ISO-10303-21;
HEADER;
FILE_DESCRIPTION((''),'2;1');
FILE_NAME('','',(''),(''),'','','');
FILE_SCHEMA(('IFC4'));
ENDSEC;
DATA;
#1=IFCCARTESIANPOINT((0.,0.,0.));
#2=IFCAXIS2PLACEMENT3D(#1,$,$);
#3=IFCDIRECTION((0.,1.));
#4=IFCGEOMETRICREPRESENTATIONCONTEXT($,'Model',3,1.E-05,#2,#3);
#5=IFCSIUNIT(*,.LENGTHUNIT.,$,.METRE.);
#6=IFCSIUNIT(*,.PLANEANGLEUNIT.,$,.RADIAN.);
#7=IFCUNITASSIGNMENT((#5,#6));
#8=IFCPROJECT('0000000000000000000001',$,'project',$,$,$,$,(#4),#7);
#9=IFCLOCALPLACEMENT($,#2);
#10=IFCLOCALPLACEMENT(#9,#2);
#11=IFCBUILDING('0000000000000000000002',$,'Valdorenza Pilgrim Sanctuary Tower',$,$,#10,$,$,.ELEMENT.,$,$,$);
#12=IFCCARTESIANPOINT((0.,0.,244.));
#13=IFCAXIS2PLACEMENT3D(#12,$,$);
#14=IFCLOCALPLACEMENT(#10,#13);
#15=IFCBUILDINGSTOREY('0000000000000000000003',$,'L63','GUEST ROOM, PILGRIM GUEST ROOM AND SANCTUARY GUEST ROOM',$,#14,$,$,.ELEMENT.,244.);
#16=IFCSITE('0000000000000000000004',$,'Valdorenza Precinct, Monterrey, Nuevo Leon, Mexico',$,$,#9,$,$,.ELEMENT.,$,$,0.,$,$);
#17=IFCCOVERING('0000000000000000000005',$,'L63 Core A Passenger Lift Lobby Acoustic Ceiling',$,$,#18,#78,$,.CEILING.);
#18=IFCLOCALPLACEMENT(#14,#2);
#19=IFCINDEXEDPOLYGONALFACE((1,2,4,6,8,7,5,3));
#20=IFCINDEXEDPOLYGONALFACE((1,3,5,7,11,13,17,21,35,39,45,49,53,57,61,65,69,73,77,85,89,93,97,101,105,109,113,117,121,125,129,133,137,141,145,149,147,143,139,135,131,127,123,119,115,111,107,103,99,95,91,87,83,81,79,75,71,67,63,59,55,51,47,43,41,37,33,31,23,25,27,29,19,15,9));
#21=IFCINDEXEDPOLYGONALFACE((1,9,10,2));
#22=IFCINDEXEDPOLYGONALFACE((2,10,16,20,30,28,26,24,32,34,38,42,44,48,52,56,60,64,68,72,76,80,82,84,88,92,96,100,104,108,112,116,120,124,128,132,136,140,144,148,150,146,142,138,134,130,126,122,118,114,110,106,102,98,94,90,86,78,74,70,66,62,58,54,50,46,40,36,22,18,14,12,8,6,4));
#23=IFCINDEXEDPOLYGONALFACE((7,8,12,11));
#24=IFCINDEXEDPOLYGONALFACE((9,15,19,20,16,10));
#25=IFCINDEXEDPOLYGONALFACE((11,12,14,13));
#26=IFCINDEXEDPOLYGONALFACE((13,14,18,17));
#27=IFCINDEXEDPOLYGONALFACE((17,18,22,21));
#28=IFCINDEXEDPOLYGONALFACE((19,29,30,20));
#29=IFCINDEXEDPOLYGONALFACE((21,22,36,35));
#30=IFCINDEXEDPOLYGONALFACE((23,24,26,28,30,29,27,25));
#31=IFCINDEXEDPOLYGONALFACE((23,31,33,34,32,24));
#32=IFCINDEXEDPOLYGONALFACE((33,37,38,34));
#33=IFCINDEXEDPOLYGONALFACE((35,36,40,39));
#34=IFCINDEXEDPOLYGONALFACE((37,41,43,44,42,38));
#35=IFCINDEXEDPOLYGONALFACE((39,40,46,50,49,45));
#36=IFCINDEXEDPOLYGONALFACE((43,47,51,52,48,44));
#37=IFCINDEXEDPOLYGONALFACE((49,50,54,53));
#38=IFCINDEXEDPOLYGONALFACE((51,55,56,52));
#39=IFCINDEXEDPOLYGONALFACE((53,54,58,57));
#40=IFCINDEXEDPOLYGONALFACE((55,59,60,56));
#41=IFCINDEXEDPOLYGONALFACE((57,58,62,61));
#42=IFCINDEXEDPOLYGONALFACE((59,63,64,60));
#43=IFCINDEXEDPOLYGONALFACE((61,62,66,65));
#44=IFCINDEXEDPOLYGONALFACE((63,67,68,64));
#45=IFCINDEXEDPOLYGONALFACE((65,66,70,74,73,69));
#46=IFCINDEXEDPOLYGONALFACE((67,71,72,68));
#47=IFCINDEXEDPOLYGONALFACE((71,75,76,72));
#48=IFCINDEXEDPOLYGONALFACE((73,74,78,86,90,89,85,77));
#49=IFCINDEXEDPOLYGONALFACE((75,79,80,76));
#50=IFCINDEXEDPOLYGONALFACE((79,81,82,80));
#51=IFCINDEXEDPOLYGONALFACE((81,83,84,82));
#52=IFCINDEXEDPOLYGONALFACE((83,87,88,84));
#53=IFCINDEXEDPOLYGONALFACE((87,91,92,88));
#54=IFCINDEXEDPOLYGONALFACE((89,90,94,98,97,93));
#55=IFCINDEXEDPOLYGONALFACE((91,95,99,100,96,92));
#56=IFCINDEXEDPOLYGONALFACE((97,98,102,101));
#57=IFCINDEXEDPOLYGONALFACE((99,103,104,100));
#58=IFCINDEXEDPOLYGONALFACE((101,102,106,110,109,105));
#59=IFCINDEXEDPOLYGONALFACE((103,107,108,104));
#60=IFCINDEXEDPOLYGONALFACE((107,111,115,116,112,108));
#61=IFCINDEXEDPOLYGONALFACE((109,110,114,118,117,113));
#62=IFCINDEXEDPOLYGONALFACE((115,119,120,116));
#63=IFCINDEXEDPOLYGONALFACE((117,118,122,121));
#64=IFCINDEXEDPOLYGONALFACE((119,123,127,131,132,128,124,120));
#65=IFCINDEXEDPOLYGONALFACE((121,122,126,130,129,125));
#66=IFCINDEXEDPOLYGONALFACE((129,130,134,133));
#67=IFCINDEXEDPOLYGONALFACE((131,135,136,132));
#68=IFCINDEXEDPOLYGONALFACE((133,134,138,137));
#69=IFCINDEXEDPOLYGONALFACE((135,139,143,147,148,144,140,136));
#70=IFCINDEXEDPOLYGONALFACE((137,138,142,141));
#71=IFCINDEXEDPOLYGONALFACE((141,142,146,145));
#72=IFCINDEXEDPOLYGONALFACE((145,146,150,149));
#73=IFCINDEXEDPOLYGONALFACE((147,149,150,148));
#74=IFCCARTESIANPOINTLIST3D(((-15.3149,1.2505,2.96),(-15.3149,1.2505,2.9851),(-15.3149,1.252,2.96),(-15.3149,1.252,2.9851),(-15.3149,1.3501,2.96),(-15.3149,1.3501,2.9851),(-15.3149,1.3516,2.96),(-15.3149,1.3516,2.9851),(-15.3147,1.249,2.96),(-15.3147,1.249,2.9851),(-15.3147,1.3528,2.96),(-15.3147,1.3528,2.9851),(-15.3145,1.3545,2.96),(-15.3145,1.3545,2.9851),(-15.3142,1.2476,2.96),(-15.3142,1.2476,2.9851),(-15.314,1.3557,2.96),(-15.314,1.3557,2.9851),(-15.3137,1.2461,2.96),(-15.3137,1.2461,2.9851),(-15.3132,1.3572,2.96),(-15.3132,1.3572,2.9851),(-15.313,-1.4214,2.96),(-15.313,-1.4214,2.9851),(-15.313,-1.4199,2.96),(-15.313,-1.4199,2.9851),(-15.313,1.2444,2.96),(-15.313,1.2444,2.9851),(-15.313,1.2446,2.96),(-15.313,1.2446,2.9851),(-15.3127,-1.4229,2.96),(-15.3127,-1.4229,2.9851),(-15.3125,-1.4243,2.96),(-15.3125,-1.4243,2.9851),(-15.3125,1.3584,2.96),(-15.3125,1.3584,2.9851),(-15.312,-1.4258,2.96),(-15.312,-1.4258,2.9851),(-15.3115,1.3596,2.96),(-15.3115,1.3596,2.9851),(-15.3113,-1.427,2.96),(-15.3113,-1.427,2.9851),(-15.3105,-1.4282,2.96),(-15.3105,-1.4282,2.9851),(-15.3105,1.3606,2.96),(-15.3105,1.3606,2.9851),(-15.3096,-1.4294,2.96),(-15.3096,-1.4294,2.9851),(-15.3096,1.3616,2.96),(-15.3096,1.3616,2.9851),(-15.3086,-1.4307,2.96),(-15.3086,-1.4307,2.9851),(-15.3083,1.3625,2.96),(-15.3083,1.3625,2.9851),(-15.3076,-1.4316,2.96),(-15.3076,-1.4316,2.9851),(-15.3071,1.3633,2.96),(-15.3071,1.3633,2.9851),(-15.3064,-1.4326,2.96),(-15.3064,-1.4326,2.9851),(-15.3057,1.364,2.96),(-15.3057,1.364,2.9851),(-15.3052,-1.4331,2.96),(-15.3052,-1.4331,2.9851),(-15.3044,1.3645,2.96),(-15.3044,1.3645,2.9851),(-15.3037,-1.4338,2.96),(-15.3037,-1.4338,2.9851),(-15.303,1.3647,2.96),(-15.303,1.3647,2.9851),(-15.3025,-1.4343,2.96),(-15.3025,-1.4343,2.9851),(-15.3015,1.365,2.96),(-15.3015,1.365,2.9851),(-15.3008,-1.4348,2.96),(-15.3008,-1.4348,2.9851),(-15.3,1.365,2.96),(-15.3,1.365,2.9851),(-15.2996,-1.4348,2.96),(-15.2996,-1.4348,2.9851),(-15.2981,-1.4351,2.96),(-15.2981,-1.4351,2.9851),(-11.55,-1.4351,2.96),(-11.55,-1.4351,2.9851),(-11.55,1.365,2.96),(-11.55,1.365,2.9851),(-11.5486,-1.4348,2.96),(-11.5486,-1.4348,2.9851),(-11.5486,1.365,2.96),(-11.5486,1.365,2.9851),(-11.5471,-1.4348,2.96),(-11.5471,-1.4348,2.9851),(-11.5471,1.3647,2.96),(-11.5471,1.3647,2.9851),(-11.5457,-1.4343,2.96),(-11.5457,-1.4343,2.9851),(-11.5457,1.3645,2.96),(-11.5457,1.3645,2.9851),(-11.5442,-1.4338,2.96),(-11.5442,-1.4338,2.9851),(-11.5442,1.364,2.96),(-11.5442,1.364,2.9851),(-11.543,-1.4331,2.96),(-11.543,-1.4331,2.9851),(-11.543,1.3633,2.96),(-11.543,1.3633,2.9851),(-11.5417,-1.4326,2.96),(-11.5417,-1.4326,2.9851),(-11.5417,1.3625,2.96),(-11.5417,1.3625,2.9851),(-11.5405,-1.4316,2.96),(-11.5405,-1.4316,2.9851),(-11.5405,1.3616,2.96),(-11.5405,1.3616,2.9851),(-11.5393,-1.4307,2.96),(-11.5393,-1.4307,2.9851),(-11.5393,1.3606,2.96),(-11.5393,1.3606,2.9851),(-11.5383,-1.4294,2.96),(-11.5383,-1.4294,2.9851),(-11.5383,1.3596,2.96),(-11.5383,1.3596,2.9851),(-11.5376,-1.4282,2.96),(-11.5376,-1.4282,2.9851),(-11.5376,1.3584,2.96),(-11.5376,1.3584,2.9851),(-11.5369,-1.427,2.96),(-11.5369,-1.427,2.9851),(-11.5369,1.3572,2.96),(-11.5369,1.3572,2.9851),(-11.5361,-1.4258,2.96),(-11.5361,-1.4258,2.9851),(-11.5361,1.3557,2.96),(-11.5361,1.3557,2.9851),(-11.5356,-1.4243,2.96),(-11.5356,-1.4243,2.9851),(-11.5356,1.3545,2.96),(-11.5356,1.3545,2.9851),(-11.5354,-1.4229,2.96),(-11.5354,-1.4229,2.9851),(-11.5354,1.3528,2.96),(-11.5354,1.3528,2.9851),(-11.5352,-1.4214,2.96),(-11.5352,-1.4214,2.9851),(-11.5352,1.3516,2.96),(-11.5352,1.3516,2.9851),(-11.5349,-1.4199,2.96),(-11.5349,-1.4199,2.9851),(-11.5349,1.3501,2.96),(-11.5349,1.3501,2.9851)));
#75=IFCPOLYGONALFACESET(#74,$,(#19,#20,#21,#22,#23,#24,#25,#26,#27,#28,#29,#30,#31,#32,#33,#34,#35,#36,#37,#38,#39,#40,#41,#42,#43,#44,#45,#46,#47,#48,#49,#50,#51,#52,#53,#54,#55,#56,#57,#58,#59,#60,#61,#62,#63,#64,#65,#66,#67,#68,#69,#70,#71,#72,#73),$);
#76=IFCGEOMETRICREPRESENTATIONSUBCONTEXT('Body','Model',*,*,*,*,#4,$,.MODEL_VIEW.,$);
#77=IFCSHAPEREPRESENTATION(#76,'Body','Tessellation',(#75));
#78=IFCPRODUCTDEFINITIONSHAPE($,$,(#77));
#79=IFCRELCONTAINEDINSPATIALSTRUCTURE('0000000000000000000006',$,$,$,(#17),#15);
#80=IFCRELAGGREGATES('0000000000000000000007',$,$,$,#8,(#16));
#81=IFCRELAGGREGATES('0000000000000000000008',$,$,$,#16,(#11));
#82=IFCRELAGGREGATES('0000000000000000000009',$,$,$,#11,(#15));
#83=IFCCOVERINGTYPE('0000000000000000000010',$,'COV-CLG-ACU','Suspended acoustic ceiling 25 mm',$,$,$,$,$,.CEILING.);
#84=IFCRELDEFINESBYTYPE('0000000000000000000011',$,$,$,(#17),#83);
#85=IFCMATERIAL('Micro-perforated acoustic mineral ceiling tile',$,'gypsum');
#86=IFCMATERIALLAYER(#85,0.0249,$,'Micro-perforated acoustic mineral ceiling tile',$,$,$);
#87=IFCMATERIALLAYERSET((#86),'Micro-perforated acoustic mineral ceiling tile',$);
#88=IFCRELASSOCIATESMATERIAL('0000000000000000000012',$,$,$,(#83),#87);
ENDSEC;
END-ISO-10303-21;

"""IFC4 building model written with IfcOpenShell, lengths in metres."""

from ifc_helpers import new_model, si_unit, direction, frame, origin, place, context, subcontext, project, spatial, polyline, outline, extrude, material, layer, layer_set, type_object, element, save


model = new_model("IFC4")

# Units and contexts
model_context = context("Model", 3, precision=1e-05, world=origin(), true_north=direction((0.0, 1.0)))
body_context = subcontext(model_context, "Body", "Model", "MODEL_VIEW")
ifc_project = project(units=[si_unit("LENGTHUNIT", "METRE"), si_unit("PLANEANGLEUNIT", "RADIAN")], contexts=[model_context])

# Site, building, storey
site_placement = place(None, origin())
site = spatial("IfcSite", under=ifc_project, at=site_placement, Name="Valdorenza Precinct, Monterrey, Nuevo Leon, Mexico", CompositionType="ELEMENT", RefElevation=0.0)
building_placement = place(site_placement, origin())
building = spatial("IfcBuilding", under=site, at=building_placement, Name="Valdorenza Pilgrim Sanctuary Tower", CompositionType="ELEMENT")
storey_placement = place(building_placement, frame((0.0, 0.0, 244.0)))
storey = spatial("IfcBuildingStorey", under=building, at=storey_placement, Name="L63", Description="GUEST ROOM, PILGRIM GUEST ROOM AND SANCTUARY GUEST ROOM", CompositionType="ELEMENT", Elevation=244.0)

# Covering
ifc_material_1 = material(Name="Micro-perforated acoustic mineral ceiling tile", Category="gypsum")
ifc_layer_1 = layer(ifc_material_1, 0.0249, Name="Micro-perforated acoustic mineral ceiling tile")
ifc_layer_set_1 = layer_set([ifc_layer_1], Name="Micro-perforated acoustic mineral ceiling tile")
covering_type_1 = type_object("IfcCoveringType", Name="COV-CLG-ACU", Description="Suspended acoustic ceiling 25 mm", PredefinedType="CEILING", material=ifc_layer_set_1)
covering_1_placement = place(storey_placement, frame((0.0, 0.0, 2.96)))
element("IfcCovering", 1, at=covering_1_placement, inside=storey, type_object=covering_type_1, Name="L63 Core A Passenger Lift Lobby Acoustic Ceiling", PredefinedType="CEILING", context=body_context, shape_type="SweptSolid", body=[
    extrude(outline(polyline([(-15.3149, 1.3501), (-15.3149, 1.3516), (-15.3147, 1.3528), (-15.3145, 1.3545), (-15.314, 1.3557), (-15.3132, 1.3572), (-15.3125, 1.3584), (-15.3115, 1.3596), (-15.3105, 1.3606), (-15.3096, 1.3616), (-15.3083, 1.3625), (-15.3071, 1.3633), (-15.3057, 1.364), (-15.3044, 1.3645), (-15.303, 1.3647), (-15.3015, 1.365), (-15.3, 1.365), (-11.55, 1.365), (-11.5486, 1.365), (-11.5471, 1.3647), (-11.5457, 1.3645), (-11.5442, 1.364), (-11.543, 1.3633), (-11.5417, 1.3625), (-11.5405, 1.3616), (-11.5393, 1.3606), (-11.5383, 1.3596), (-11.5376, 1.3584), (-11.5369, 1.3572), (-11.5361, 1.3557), (-11.5356, 1.3545), (-11.5354, 1.3528), (-11.5352, 1.3516), (-11.5349, 1.3501), (-11.5349, -1.4199), (-11.5352, -1.4214), (-11.5354, -1.4229), (-11.5356, -1.4243), (-11.5361, -1.4258), (-11.5369, -1.427), (-11.5376, -1.4282), (-11.5383, -1.4294), (-11.5393, -1.4307), (-11.5405, -1.4316), (-11.5417, -1.4326), (-11.543, -1.4331), (-11.5442, -1.4338), (-11.5457, -1.4343), (-11.5471, -1.4348), (-11.5486, -1.4348), (-11.55, -1.4351), (-15.2981, -1.4351), (-15.2996, -1.4348), (-15.3008, -1.4348), (-15.3025, -1.4343), (-15.3037, -1.4338), (-15.3052, -1.4331), (-15.3064, -1.4326), (-15.3076, -1.4316), (-15.3086, -1.4307), (-15.3096, -1.4294), (-15.3105, -1.4282), (-15.3113, -1.427), (-15.312, -1.4258), (-15.3125, -1.4243), (-15.3127, -1.4229), (-15.313, -1.4214), (-15.313, -1.4199), (-15.313, 1.2444), (-15.313, 1.2446), (-15.3137, 1.2461), (-15.3142, 1.2476), (-15.3147, 1.249), (-15.3149, 1.2505), (-15.3149, 1.252), (-15.3149, 1.3501)])), origin(), (0.0, 0.0, 1.0), 0.0251),
])

save(model, "model.ifc")
